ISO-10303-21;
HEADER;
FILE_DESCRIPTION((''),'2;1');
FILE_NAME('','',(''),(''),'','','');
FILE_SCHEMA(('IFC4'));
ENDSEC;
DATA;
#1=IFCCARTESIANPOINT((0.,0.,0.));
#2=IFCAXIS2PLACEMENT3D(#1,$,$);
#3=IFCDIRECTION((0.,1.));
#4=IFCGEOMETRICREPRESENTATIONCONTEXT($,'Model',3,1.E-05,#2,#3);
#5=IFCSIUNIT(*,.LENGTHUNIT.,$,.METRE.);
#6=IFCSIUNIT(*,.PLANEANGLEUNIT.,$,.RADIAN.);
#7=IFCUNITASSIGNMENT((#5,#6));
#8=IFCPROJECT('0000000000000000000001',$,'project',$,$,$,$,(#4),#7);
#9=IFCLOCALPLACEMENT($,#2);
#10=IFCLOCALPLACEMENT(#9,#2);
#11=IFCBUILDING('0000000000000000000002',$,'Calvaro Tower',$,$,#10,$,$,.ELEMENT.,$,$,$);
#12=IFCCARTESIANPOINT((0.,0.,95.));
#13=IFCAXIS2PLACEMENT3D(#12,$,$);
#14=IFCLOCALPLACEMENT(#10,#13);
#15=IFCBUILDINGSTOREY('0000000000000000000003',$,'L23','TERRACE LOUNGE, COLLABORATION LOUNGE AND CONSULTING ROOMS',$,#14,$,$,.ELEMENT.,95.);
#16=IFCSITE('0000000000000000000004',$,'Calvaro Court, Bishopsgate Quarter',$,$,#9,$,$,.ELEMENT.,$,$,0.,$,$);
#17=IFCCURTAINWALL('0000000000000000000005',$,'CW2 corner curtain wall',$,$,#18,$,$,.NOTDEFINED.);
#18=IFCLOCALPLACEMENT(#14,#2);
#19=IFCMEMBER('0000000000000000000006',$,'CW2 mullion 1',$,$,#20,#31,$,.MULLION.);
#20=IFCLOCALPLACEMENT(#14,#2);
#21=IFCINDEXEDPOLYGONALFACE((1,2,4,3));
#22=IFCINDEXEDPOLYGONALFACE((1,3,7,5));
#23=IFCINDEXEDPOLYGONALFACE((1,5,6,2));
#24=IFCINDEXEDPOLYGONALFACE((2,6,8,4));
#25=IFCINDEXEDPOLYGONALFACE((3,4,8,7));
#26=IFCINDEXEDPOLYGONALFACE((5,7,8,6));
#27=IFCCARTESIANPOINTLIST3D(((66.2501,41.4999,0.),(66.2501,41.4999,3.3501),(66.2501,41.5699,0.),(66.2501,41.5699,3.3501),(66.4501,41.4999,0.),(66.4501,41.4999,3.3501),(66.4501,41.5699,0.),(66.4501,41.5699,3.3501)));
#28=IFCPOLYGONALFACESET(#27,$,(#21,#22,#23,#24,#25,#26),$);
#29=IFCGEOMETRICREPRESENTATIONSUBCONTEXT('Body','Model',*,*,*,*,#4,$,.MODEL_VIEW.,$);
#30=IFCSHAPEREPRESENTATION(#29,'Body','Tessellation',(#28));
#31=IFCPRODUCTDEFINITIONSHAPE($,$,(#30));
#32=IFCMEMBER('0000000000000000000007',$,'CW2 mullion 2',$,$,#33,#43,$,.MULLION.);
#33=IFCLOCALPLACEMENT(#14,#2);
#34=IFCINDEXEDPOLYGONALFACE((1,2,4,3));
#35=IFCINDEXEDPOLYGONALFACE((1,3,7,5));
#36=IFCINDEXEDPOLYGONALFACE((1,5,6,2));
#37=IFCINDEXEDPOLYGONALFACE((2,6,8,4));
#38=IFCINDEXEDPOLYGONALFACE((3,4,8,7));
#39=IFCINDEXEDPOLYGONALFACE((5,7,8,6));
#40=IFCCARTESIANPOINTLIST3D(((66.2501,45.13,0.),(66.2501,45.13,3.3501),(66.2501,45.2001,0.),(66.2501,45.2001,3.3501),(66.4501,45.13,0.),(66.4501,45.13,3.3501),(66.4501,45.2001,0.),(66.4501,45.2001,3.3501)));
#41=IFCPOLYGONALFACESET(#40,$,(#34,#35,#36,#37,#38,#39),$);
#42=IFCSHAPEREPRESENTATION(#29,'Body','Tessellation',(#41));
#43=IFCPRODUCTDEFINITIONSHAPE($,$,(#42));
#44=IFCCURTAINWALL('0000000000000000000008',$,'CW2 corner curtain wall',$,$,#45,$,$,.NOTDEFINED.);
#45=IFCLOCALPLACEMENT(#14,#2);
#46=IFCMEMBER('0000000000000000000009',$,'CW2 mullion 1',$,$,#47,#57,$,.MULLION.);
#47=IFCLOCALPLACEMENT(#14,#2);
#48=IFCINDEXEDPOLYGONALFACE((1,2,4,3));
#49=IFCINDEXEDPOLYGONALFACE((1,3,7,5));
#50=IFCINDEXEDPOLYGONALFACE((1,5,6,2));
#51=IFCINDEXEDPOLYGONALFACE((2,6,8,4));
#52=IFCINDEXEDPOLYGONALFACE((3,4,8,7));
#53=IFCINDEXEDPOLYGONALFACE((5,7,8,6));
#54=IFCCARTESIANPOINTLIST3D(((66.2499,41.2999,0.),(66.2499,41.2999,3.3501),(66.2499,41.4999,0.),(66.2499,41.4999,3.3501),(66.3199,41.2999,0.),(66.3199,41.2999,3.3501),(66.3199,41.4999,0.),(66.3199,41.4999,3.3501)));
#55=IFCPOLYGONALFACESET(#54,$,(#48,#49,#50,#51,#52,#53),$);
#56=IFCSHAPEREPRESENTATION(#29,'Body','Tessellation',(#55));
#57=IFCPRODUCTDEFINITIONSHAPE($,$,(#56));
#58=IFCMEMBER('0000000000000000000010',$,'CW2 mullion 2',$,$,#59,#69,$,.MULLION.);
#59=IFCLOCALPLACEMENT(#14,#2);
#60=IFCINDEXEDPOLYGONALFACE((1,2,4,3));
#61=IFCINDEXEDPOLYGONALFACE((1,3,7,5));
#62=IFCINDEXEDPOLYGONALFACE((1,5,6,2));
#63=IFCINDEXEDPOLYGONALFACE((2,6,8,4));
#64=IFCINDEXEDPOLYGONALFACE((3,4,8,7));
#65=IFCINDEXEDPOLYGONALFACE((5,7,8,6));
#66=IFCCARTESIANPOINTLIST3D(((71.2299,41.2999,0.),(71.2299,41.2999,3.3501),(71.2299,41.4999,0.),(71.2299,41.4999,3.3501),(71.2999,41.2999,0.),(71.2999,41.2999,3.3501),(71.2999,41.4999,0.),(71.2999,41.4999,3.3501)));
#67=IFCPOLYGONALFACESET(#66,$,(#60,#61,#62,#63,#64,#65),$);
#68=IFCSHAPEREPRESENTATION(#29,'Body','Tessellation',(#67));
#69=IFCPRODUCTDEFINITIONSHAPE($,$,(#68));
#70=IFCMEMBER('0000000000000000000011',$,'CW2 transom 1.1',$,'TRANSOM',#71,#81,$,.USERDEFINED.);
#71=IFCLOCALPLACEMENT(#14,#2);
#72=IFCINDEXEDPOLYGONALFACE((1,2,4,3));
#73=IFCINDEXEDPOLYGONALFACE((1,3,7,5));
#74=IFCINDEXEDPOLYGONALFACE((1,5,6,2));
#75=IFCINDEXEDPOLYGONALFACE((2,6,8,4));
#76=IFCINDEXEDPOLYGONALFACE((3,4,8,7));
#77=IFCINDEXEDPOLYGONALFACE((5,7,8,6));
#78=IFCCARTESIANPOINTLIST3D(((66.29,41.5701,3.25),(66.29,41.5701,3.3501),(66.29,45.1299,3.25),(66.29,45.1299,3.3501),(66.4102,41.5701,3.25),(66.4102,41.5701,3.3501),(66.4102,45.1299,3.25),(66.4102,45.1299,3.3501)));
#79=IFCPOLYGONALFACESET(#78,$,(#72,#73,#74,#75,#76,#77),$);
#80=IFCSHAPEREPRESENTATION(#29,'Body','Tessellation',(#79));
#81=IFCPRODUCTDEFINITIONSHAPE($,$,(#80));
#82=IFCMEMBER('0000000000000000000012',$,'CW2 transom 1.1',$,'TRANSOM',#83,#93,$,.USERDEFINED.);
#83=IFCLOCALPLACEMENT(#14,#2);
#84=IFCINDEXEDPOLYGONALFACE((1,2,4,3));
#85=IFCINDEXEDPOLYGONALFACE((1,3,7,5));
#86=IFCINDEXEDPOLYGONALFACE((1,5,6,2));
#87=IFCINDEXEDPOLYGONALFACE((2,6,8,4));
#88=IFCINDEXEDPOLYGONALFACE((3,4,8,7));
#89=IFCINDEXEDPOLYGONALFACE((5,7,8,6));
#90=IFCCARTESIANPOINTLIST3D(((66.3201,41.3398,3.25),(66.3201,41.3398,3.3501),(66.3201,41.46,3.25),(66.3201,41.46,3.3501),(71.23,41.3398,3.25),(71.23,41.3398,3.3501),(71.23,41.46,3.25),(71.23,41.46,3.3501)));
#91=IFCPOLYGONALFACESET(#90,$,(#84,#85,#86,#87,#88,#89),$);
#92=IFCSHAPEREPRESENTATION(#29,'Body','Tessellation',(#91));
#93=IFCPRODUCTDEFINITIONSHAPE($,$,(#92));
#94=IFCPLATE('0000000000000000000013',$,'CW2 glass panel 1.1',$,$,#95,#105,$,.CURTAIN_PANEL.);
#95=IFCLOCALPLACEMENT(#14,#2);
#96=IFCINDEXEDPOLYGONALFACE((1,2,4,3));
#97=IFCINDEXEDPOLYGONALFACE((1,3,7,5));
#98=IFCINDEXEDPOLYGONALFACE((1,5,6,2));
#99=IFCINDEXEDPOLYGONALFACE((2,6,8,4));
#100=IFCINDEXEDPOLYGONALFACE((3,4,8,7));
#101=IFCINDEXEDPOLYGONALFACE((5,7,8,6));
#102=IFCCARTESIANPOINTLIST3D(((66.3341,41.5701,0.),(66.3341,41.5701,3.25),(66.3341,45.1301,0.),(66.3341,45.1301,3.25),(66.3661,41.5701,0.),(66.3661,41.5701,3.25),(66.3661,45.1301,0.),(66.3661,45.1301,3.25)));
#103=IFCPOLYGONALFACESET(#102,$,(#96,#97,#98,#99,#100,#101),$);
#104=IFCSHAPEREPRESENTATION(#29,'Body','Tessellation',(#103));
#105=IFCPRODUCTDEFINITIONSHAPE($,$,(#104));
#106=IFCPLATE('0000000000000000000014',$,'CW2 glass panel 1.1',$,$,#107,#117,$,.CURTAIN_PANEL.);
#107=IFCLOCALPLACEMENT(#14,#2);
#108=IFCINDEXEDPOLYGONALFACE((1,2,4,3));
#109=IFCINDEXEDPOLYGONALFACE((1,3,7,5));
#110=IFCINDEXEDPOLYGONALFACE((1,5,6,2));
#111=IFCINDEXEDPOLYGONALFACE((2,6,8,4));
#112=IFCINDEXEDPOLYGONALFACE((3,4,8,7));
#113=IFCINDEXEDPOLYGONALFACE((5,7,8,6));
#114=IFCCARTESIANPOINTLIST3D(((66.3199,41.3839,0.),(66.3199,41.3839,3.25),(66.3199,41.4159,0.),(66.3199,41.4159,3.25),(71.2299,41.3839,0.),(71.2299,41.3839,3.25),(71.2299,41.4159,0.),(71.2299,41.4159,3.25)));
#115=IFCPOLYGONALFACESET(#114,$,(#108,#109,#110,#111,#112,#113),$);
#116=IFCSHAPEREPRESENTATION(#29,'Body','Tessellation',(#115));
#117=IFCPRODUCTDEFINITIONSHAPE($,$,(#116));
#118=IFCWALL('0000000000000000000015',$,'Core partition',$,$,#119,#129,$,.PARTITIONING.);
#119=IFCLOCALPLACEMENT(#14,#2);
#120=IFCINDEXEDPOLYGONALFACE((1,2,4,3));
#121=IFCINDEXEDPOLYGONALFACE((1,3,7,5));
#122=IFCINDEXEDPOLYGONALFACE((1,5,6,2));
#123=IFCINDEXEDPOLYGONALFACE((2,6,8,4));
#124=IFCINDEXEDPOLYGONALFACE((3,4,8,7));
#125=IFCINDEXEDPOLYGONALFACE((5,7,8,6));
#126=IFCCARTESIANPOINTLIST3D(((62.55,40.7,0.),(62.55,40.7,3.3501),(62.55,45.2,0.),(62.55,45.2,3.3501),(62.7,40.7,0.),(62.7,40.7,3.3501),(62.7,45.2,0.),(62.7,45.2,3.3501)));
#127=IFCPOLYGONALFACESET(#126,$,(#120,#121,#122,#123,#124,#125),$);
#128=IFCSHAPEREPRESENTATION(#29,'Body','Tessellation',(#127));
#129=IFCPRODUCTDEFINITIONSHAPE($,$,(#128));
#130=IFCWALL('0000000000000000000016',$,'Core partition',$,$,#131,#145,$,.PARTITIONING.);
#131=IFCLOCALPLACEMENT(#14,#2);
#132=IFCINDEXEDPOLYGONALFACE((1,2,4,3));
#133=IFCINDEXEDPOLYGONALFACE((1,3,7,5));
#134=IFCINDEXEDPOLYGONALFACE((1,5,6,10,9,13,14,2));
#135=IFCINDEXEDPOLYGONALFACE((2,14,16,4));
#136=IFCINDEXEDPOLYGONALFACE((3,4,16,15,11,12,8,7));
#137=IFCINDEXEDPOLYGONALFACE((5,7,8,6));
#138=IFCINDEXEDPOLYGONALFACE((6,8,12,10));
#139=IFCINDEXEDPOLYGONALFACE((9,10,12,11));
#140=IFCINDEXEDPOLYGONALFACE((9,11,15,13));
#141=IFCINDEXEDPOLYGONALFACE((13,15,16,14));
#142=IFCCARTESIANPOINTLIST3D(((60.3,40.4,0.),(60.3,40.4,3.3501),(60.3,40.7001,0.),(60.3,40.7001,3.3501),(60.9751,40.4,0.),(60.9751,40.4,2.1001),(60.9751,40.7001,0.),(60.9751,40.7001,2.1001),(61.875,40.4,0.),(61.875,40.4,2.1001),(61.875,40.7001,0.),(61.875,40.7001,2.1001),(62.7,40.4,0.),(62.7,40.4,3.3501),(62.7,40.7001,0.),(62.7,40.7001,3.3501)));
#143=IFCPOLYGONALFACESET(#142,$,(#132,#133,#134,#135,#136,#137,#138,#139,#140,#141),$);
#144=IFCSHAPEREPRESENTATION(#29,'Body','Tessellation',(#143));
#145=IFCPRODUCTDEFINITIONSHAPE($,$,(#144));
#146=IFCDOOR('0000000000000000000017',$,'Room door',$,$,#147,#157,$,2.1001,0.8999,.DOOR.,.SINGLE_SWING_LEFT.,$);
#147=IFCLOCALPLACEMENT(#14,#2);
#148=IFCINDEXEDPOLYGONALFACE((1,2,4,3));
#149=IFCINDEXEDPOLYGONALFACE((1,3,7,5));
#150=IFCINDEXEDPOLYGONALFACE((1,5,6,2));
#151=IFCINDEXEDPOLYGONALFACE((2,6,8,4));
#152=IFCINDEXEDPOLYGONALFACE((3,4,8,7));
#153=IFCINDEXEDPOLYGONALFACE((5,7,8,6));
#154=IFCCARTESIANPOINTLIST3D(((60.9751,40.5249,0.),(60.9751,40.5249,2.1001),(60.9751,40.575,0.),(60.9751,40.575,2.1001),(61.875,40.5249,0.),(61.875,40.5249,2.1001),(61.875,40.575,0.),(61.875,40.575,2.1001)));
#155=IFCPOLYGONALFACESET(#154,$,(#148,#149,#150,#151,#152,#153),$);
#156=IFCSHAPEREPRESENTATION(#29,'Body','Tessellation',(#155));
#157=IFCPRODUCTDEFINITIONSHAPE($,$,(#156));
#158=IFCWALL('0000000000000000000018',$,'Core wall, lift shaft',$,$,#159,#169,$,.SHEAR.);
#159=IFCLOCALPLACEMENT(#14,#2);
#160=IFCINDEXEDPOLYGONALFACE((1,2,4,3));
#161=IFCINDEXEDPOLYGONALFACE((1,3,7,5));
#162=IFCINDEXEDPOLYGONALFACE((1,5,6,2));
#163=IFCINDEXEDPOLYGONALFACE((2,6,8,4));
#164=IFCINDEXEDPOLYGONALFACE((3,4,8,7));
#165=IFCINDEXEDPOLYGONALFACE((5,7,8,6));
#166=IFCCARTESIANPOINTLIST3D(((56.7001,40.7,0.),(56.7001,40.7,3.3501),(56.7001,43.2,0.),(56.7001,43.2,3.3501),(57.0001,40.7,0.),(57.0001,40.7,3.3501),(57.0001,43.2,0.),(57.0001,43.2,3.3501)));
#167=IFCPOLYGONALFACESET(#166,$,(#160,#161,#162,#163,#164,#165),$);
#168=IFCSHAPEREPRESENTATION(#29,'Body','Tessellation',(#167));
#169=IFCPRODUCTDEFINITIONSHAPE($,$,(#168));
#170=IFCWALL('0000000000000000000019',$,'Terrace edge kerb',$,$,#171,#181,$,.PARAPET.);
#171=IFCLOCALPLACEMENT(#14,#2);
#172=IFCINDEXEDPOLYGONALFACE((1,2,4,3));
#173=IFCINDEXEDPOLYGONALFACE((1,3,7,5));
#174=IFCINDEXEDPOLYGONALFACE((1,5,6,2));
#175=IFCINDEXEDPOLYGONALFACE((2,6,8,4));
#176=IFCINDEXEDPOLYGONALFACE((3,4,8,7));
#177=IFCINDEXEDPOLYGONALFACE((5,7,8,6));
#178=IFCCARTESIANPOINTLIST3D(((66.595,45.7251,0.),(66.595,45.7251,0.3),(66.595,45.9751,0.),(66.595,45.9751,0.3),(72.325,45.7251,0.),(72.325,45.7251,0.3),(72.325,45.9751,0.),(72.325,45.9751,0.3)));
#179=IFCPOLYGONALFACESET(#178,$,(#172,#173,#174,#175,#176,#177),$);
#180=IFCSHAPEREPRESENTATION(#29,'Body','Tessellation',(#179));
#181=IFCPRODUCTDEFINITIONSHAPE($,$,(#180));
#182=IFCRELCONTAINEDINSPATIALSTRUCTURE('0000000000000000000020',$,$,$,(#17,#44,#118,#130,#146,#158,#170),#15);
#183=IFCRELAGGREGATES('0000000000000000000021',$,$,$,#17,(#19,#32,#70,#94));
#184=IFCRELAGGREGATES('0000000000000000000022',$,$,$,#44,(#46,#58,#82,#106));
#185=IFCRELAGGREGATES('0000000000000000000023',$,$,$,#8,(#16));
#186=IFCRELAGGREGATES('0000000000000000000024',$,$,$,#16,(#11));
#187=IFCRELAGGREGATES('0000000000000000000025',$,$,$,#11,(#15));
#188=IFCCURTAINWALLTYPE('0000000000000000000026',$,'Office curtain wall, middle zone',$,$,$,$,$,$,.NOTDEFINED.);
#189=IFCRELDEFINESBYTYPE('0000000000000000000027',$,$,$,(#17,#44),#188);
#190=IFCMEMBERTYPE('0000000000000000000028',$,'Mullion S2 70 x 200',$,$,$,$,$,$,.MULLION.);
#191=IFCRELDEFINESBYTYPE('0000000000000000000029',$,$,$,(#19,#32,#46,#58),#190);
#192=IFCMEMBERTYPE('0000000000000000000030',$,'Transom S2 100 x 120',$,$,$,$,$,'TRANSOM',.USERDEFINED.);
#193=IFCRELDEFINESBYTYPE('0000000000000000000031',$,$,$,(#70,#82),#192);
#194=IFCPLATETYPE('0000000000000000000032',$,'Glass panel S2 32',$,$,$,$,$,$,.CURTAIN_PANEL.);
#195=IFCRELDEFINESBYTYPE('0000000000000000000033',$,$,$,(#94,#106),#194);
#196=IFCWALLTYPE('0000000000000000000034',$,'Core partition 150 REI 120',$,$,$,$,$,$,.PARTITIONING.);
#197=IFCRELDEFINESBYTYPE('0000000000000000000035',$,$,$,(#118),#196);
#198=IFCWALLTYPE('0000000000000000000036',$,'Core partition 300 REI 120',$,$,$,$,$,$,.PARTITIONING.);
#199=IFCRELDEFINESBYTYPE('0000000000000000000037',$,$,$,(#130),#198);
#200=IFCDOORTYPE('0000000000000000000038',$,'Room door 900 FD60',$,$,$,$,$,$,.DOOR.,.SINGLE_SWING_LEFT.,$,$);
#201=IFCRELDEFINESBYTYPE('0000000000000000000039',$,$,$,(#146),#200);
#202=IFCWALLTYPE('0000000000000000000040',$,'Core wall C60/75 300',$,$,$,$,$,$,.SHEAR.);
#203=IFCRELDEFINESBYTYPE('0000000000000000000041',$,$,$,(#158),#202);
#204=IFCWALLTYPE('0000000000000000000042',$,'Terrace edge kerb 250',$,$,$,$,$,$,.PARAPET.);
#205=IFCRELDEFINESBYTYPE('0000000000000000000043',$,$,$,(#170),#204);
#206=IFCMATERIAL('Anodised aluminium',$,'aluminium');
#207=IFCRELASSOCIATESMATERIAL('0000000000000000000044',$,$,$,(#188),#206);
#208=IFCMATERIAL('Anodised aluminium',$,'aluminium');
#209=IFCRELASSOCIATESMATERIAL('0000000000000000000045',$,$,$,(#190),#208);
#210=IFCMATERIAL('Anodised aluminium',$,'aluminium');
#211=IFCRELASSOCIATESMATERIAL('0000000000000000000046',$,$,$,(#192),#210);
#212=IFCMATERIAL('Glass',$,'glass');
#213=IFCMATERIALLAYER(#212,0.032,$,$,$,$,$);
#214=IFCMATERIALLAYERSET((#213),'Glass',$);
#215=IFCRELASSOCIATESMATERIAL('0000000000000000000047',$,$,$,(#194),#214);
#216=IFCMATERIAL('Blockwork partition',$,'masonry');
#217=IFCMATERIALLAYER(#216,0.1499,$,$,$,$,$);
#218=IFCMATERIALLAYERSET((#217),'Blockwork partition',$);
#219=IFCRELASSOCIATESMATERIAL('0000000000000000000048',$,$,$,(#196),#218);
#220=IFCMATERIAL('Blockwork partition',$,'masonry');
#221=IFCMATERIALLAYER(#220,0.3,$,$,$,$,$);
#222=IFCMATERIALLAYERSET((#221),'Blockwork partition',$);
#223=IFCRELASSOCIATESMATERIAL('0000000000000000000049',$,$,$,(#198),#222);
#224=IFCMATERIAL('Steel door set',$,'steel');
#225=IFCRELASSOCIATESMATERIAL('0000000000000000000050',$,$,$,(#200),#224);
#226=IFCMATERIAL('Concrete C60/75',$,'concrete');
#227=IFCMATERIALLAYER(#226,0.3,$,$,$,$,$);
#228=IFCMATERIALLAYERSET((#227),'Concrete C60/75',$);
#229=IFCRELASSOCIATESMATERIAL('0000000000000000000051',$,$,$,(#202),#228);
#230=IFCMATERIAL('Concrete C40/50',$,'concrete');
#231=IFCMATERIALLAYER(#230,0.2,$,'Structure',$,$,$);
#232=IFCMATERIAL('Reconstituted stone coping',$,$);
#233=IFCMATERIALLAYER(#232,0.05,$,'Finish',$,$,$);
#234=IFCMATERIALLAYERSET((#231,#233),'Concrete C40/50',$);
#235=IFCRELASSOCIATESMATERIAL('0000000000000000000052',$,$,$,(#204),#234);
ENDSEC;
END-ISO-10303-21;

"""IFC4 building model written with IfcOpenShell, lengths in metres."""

from ifc_helpers import new_model, si_unit, direction, frame, frame_2d, origin, origin_2d, place, context, subcontext, project, spatial, rectangle, extrude, material, layer, layer_set, material_profile, profile_set, type_object, element, fill, aggregate, save


model = new_model("IFC4")

# Units and contexts
model_context = context("Model", 3, precision=1e-05, world=origin(), true_north=direction((0.0, 1.0)))
body_context = subcontext(model_context, "Body", "Model", "MODEL_VIEW")
ifc_project = project(units=[si_unit("LENGTHUNIT", "METRE"), si_unit("PLANEANGLEUNIT", "RADIAN")], contexts=[model_context])

# Site, building, storey
site_placement = place(None, origin())
site = spatial("IfcSite", under=ifc_project, at=site_placement, Name="Calvaro Court, Bishopsgate Quarter", CompositionType="ELEMENT", RefElevation=0.0)
building_placement = place(site_placement, origin())
building = spatial("IfcBuilding", under=site, at=building_placement, Name="Calvaro Tower", CompositionType="ELEMENT")
storey_placement = place(building_placement, frame((0.0, 0.0, 95.0)))
storey = spatial("IfcBuildingStorey", under=building, at=storey_placement, Name="L23", Description="TERRACE LOUNGE, COLLABORATION LOUNGE AND CONSULTING ROOMS", CompositionType="ELEMENT", Elevation=95.0)

# Curtain walls, members
ifc_material_1 = material(Name="Anodised aluminium", Category="aluminium")
curtain_wall_type = type_object("IfcCurtainWallType", Name="Office curtain wall, middle zone", PredefinedType="NOTDEFINED", material=ifc_material_1)
curtain_wall_1_placement = place(storey_placement, origin())
curtain_wall_1 = element("IfcCurtainWall", 1, at=curtain_wall_1_placement, inside=storey, type_object=curtain_wall_type, Name="CW2 corner curtain wall", PredefinedType="NOTDEFINED")
ifc_material_2 = material(Name="Anodised aluminium", Category="aluminium")
ifc_material_profile_1 = material_profile(ifc_material_2, rectangle(XDim=0.2, YDim=0.0701, at=origin_2d()), Name="Mullion S2 70 x 200")
ifc_profile_set_1 = profile_set([ifc_material_profile_1], Name="Anodised aluminium")
member_type_1 = type_object("IfcMemberType", Name="Mullion S2 70 x 200", PredefinedType="MULLION", material=ifc_profile_set_1)
member_1_placement = place(storey_placement, frame((66.3501, 41.5349, 0.0), z_axis=(0.0, 0.0, 1.0), x_axis=(-1.0, 0.0, 0.0)))
member_1 = element("IfcMember", 2, at=member_1_placement, type_object=member_type_1, Name="CW2 mullion 1", PredefinedType="MULLION", context=body_context, shape_type="SweptSolid", body=[
    extrude(rectangle(XDim=0.2, YDim=0.0701, at=origin_2d()), origin(), (0.0, 0.0, 1.0), 3.3501),
])
member_2_placement = place(storey_placement, frame((66.3501, 45.165, 0.0), z_axis=(0.0, 0.0, 1.0), x_axis=(-1.0, 0.0, 0.0)))
member_2 = element("IfcMember", 3, at=member_2_placement, type_object=member_type_1, Name="CW2 mullion 2", PredefinedType="MULLION", context=body_context, shape_type="SweptSolid", body=[
    extrude(rectangle(XDim=0.2, YDim=0.0701, at=origin_2d()), origin(), (0.0, 0.0, 1.0), 3.3501),
])
curtain_wall_2_placement = place(storey_placement, origin())
curtain_wall_2 = element("IfcCurtainWall", 4, at=curtain_wall_2_placement, inside=storey, type_object=curtain_wall_type, Name="CW2 corner curtain wall", PredefinedType="NOTDEFINED")
member_3_placement = place(storey_placement, frame((66.2849, 41.3999, 0.0), z_axis=(0.0, 0.0, 1.0), x_axis=(0.0, 1.0, 0.0)))
member_3 = element("IfcMember", 5, at=member_3_placement, type_object=member_type_1, Name="CW2 mullion 1", PredefinedType="MULLION", context=body_context, shape_type="SweptSolid", body=[
    extrude(rectangle(XDim=0.2, YDim=0.0701, at=origin_2d()), origin(), (0.0, 0.0, 1.0), 3.3501),
])
member_4_placement = place(storey_placement, frame((71.2649, 41.3999, 0.0), z_axis=(0.0, 0.0, 1.0), x_axis=(0.0, 1.0, 0.0)))
member_4 = element("IfcMember", 6, at=member_4_placement, type_object=member_type_1, Name="CW2 mullion 2", PredefinedType="MULLION", context=body_context, shape_type="SweptSolid", body=[
    extrude(rectangle(XDim=0.2, YDim=0.0701, at=origin_2d()), origin(), (0.0, 0.0, 1.0), 3.3501),
])

# Members
ifc_material_3 = material(Name="Anodised aluminium", Category="aluminium")
ifc_material_profile_2 = material_profile(ifc_material_3, rectangle(XDim=0.1201, YDim=0.1001, at=origin_2d()), Name="Transom S2 100 x 120")
ifc_profile_set_2 = profile_set([ifc_material_profile_2], Name="Anodised aluminium")
member_type_2 = type_object("IfcMemberType", Name="Transom S2 100 x 120", ElementType="TRANSOM", PredefinedType="USERDEFINED", material=ifc_profile_set_2)
member_5_placement = place(storey_placement, frame((66.3501, 41.5701, 3.3), z_axis=(0.0, 1.0, 0.0), x_axis=(-1.0, 0.0, 0.0)))
member_5 = element("IfcMember", 7, at=member_5_placement, type_object=member_type_2, Name="CW2 transom 1.1", ObjectType="TRANSOM", PredefinedType="USERDEFINED", context=body_context, shape_type="SweptSolid", body=[
    extrude(rectangle(XDim=0.1201, YDim=0.1001, at=origin_2d()), origin(), (0.0, 0.0, 1.0), 3.5598),
])
member_6_placement = place(storey_placement, frame((66.3201, 41.3999, 3.3), z_axis=(1.0, 0.0, 0.0), x_axis=(0.0, 1.0, 0.0)))
member_6 = element("IfcMember", 8, at=member_6_placement, type_object=member_type_2, Name="CW2 transom 1.1", ObjectType="TRANSOM", PredefinedType="USERDEFINED", context=body_context, shape_type="SweptSolid", body=[
    extrude(rectangle(XDim=0.1201, YDim=0.1001, at=origin_2d()), origin(), (0.0, 0.0, 1.0), 4.9099),
])

# Plates
ifc_material_4 = material(Name="Glass", Category="glass")
ifc_layer_1 = layer(ifc_material_4, 0.032)
ifc_layer_set_1 = layer_set([ifc_layer_1], Name="Glass")
plate_type = type_object("IfcPlateType", Name="Glass panel S2 32", PredefinedType="CURTAIN_PANEL", material=ifc_layer_set_1)
plate_1_placement = place(storey_placement, frame((66.3501, 43.3501, 0.0), z_axis=(0.0, 0.0, 1.0), x_axis=(0.0, 1.0, 0.0)))
plate_1 = element("IfcPlate", 9, at=plate_1_placement, type_object=plate_type, Name="CW2 glass panel 1.1", PredefinedType="CURTAIN_PANEL", context=body_context, shape_type="SweptSolid", body=[
    extrude(rectangle(XDim=3.5601, YDim=0.032, at=origin_2d()), origin(), (0.0, 0.0, 1.0), 3.25),
])
aggregate(curtain_wall_1, [member_1, member_2, member_5, plate_1])
plate_2_placement = place(storey_placement, frame((68.7749, 41.3999, 0.0), z_axis=(0.0, 0.0, 1.0), x_axis=(1.0, 0.0, 0.0)))
plate_2 = element("IfcPlate", 10, at=plate_2_placement, type_object=plate_type, Name="CW2 glass panel 1.1", PredefinedType="CURTAIN_PANEL", context=body_context, shape_type="SweptSolid", body=[
    extrude(rectangle(XDim=4.9099, YDim=0.032, at=origin_2d()), origin(), (0.0, 0.0, 1.0), 3.25),
])
aggregate(curtain_wall_2, [member_3, member_4, member_6, plate_2])

# Wall
ifc_material_5 = material(Name="Blockwork partition", Category="masonry")
ifc_layer_2 = layer(ifc_material_5, 0.1499)
ifc_layer_set_2 = layer_set([ifc_layer_2], Name="Blockwork partition")
wall_type_1 = type_object("IfcWallType", Name="Core partition 150 REI 120", PredefinedType="PARTITIONING", material=ifc_layer_set_2)
wall_1_placement = place(storey_placement, frame((62.625, 40.7, 0.0), z_axis=(0.0, 0.0, 1.0), x_axis=(0.0, 1.0, 0.0)))
element("IfcWall", 11, at=wall_1_placement, inside=storey, type_object=wall_type_1, Name="Core partition", PredefinedType="PARTITIONING", context=body_context, shape_type="SweptSolid", body=[
    extrude(rectangle(XDim=4.5, YDim=0.1499, at=frame_2d((2.25, 0.0))), origin(), (0.0, 0.0, 1.0), 3.3501),
])

# Wall, opening, door
ifc_material_6 = material(Name="Blockwork partition", Category="masonry")
ifc_layer_3 = layer(ifc_material_6, 0.3)
ifc_layer_set_3 = layer_set([ifc_layer_3], Name="Blockwork partition")
wall_type_2 = type_object("IfcWallType", Name="Core partition 300 REI 120", PredefinedType="PARTITIONING", material=ifc_layer_set_3)
wall_2_placement = place(storey_placement, frame((60.3, 40.55, 0.0), z_axis=(0.0, 0.0, 1.0), x_axis=(1.0, 0.0, 0.0)))
wall_2 = element("IfcWall", 12, at=wall_2_placement, inside=storey, type_object=wall_type_2, Name="Core partition", PredefinedType="PARTITIONING", context=body_context, shape_type="SweptSolid", body=[
    extrude(rectangle(XDim=2.3999, YDim=0.3, at=frame_2d((1.2, 0.0))), origin(), (0.0, 0.0, 1.0), 3.3501),
])
opening_placement = place(wall_2_placement, frame((0.675, 0.0, 0.0)))
opening = element("IfcOpeningElement", 13, at=opening_placement, cuts=wall_2, PredefinedType="OPENING", context=body_context, shape_type="SweptSolid", body=[
    extrude(rectangle(XDim=0.8999, YDim=2.1001, at=frame_2d((0.45, 1.05))), frame((0.0, 0.1599, 0.0), z_axis=(0.0, -1.0, 0.0), x_axis=(1.0, 0.0, 0.0)), (0.0, 0.0, 1.0), 0.3201),
])
ifc_material_7 = material(Name="Steel door set", Category="steel")
door_type = type_object("IfcDoorType", Name="Room door 900 FD60", OperationType="SINGLE_SWING_LEFT", PredefinedType="DOOR", material=ifc_material_7)
door_placement = place(opening_placement, origin())
door = element("IfcDoor", 14, at=door_placement, inside=storey, type_object=door_type, Name="Room door", OperationType="SINGLE_SWING_LEFT", OverallHeight=2.1001, OverallWidth=0.8999, PredefinedType="DOOR", context=body_context, shape_type="SweptSolid", body=[
    extrude(rectangle(XDim=0.8999, YDim=2.1001, at=frame_2d((0.45, 1.05))), frame((0.0, 0.0249, 0.0), z_axis=(0.0, -1.0, 0.0), x_axis=(1.0, 0.0, 0.0)), (0.0, 0.0, 1.0), 0.05),
])
fill(opening, door)

# Walls
ifc_material_8 = material(Name="Concrete C60/75", Category="concrete")
ifc_layer_4 = layer(ifc_material_8, 0.3)
ifc_layer_set_4 = layer_set([ifc_layer_4], Name="Concrete C60/75")
wall_type_3 = type_object("IfcWallType", Name="Core wall C60/75 300", PredefinedType="SHEAR", material=ifc_layer_set_4)
wall_3_placement = place(storey_placement, frame((56.8501, 40.7, 0.0), z_axis=(0.0, 0.0, 1.0), x_axis=(0.0, 1.0, 0.0)))
element("IfcWall", 15, at=wall_3_placement, inside=storey, type_object=wall_type_3, Name="Core wall, lift shaft", PredefinedType="SHEAR", context=body_context, shape_type="SweptSolid", body=[
    extrude(rectangle(XDim=2.5, YDim=0.3, at=frame_2d((1.25, 0.0))), origin(), (0.0, 0.0, 1.0), 3.3501),
])
ifc_material_9 = material(Name="Concrete C40/50", Category="concrete")
ifc_layer_5 = layer(ifc_material_9, 0.2, Name="Structure")
ifc_material_10 = material(Name="Reconstituted stone coping")
ifc_layer_6 = layer(ifc_material_10, 0.05, Name="Finish")
ifc_layer_set_5 = layer_set([ifc_layer_5, ifc_layer_6], Name="Concrete C40/50")
wall_type_4 = type_object("IfcWallType", Name="Terrace edge kerb 250", PredefinedType="PARAPET", material=ifc_layer_set_5)
wall_4_placement = place(storey_placement, frame((66.595, 45.8501, 0.0), z_axis=(0.0, 0.0, 1.0), x_axis=(1.0, 0.0, 0.0)))
element("IfcWall", 16, at=wall_4_placement, inside=storey, type_object=wall_type_4, Name="Terrace edge kerb", PredefinedType="PARAPET", context=body_context, shape_type="SweptSolid", body=[
    extrude(rectangle(XDim=5.73, YDim=0.25, at=frame_2d((2.865, 0.0))), origin(), (0.0, 0.0, 1.0), 0.3),
])

save(model, "model.ifc")
